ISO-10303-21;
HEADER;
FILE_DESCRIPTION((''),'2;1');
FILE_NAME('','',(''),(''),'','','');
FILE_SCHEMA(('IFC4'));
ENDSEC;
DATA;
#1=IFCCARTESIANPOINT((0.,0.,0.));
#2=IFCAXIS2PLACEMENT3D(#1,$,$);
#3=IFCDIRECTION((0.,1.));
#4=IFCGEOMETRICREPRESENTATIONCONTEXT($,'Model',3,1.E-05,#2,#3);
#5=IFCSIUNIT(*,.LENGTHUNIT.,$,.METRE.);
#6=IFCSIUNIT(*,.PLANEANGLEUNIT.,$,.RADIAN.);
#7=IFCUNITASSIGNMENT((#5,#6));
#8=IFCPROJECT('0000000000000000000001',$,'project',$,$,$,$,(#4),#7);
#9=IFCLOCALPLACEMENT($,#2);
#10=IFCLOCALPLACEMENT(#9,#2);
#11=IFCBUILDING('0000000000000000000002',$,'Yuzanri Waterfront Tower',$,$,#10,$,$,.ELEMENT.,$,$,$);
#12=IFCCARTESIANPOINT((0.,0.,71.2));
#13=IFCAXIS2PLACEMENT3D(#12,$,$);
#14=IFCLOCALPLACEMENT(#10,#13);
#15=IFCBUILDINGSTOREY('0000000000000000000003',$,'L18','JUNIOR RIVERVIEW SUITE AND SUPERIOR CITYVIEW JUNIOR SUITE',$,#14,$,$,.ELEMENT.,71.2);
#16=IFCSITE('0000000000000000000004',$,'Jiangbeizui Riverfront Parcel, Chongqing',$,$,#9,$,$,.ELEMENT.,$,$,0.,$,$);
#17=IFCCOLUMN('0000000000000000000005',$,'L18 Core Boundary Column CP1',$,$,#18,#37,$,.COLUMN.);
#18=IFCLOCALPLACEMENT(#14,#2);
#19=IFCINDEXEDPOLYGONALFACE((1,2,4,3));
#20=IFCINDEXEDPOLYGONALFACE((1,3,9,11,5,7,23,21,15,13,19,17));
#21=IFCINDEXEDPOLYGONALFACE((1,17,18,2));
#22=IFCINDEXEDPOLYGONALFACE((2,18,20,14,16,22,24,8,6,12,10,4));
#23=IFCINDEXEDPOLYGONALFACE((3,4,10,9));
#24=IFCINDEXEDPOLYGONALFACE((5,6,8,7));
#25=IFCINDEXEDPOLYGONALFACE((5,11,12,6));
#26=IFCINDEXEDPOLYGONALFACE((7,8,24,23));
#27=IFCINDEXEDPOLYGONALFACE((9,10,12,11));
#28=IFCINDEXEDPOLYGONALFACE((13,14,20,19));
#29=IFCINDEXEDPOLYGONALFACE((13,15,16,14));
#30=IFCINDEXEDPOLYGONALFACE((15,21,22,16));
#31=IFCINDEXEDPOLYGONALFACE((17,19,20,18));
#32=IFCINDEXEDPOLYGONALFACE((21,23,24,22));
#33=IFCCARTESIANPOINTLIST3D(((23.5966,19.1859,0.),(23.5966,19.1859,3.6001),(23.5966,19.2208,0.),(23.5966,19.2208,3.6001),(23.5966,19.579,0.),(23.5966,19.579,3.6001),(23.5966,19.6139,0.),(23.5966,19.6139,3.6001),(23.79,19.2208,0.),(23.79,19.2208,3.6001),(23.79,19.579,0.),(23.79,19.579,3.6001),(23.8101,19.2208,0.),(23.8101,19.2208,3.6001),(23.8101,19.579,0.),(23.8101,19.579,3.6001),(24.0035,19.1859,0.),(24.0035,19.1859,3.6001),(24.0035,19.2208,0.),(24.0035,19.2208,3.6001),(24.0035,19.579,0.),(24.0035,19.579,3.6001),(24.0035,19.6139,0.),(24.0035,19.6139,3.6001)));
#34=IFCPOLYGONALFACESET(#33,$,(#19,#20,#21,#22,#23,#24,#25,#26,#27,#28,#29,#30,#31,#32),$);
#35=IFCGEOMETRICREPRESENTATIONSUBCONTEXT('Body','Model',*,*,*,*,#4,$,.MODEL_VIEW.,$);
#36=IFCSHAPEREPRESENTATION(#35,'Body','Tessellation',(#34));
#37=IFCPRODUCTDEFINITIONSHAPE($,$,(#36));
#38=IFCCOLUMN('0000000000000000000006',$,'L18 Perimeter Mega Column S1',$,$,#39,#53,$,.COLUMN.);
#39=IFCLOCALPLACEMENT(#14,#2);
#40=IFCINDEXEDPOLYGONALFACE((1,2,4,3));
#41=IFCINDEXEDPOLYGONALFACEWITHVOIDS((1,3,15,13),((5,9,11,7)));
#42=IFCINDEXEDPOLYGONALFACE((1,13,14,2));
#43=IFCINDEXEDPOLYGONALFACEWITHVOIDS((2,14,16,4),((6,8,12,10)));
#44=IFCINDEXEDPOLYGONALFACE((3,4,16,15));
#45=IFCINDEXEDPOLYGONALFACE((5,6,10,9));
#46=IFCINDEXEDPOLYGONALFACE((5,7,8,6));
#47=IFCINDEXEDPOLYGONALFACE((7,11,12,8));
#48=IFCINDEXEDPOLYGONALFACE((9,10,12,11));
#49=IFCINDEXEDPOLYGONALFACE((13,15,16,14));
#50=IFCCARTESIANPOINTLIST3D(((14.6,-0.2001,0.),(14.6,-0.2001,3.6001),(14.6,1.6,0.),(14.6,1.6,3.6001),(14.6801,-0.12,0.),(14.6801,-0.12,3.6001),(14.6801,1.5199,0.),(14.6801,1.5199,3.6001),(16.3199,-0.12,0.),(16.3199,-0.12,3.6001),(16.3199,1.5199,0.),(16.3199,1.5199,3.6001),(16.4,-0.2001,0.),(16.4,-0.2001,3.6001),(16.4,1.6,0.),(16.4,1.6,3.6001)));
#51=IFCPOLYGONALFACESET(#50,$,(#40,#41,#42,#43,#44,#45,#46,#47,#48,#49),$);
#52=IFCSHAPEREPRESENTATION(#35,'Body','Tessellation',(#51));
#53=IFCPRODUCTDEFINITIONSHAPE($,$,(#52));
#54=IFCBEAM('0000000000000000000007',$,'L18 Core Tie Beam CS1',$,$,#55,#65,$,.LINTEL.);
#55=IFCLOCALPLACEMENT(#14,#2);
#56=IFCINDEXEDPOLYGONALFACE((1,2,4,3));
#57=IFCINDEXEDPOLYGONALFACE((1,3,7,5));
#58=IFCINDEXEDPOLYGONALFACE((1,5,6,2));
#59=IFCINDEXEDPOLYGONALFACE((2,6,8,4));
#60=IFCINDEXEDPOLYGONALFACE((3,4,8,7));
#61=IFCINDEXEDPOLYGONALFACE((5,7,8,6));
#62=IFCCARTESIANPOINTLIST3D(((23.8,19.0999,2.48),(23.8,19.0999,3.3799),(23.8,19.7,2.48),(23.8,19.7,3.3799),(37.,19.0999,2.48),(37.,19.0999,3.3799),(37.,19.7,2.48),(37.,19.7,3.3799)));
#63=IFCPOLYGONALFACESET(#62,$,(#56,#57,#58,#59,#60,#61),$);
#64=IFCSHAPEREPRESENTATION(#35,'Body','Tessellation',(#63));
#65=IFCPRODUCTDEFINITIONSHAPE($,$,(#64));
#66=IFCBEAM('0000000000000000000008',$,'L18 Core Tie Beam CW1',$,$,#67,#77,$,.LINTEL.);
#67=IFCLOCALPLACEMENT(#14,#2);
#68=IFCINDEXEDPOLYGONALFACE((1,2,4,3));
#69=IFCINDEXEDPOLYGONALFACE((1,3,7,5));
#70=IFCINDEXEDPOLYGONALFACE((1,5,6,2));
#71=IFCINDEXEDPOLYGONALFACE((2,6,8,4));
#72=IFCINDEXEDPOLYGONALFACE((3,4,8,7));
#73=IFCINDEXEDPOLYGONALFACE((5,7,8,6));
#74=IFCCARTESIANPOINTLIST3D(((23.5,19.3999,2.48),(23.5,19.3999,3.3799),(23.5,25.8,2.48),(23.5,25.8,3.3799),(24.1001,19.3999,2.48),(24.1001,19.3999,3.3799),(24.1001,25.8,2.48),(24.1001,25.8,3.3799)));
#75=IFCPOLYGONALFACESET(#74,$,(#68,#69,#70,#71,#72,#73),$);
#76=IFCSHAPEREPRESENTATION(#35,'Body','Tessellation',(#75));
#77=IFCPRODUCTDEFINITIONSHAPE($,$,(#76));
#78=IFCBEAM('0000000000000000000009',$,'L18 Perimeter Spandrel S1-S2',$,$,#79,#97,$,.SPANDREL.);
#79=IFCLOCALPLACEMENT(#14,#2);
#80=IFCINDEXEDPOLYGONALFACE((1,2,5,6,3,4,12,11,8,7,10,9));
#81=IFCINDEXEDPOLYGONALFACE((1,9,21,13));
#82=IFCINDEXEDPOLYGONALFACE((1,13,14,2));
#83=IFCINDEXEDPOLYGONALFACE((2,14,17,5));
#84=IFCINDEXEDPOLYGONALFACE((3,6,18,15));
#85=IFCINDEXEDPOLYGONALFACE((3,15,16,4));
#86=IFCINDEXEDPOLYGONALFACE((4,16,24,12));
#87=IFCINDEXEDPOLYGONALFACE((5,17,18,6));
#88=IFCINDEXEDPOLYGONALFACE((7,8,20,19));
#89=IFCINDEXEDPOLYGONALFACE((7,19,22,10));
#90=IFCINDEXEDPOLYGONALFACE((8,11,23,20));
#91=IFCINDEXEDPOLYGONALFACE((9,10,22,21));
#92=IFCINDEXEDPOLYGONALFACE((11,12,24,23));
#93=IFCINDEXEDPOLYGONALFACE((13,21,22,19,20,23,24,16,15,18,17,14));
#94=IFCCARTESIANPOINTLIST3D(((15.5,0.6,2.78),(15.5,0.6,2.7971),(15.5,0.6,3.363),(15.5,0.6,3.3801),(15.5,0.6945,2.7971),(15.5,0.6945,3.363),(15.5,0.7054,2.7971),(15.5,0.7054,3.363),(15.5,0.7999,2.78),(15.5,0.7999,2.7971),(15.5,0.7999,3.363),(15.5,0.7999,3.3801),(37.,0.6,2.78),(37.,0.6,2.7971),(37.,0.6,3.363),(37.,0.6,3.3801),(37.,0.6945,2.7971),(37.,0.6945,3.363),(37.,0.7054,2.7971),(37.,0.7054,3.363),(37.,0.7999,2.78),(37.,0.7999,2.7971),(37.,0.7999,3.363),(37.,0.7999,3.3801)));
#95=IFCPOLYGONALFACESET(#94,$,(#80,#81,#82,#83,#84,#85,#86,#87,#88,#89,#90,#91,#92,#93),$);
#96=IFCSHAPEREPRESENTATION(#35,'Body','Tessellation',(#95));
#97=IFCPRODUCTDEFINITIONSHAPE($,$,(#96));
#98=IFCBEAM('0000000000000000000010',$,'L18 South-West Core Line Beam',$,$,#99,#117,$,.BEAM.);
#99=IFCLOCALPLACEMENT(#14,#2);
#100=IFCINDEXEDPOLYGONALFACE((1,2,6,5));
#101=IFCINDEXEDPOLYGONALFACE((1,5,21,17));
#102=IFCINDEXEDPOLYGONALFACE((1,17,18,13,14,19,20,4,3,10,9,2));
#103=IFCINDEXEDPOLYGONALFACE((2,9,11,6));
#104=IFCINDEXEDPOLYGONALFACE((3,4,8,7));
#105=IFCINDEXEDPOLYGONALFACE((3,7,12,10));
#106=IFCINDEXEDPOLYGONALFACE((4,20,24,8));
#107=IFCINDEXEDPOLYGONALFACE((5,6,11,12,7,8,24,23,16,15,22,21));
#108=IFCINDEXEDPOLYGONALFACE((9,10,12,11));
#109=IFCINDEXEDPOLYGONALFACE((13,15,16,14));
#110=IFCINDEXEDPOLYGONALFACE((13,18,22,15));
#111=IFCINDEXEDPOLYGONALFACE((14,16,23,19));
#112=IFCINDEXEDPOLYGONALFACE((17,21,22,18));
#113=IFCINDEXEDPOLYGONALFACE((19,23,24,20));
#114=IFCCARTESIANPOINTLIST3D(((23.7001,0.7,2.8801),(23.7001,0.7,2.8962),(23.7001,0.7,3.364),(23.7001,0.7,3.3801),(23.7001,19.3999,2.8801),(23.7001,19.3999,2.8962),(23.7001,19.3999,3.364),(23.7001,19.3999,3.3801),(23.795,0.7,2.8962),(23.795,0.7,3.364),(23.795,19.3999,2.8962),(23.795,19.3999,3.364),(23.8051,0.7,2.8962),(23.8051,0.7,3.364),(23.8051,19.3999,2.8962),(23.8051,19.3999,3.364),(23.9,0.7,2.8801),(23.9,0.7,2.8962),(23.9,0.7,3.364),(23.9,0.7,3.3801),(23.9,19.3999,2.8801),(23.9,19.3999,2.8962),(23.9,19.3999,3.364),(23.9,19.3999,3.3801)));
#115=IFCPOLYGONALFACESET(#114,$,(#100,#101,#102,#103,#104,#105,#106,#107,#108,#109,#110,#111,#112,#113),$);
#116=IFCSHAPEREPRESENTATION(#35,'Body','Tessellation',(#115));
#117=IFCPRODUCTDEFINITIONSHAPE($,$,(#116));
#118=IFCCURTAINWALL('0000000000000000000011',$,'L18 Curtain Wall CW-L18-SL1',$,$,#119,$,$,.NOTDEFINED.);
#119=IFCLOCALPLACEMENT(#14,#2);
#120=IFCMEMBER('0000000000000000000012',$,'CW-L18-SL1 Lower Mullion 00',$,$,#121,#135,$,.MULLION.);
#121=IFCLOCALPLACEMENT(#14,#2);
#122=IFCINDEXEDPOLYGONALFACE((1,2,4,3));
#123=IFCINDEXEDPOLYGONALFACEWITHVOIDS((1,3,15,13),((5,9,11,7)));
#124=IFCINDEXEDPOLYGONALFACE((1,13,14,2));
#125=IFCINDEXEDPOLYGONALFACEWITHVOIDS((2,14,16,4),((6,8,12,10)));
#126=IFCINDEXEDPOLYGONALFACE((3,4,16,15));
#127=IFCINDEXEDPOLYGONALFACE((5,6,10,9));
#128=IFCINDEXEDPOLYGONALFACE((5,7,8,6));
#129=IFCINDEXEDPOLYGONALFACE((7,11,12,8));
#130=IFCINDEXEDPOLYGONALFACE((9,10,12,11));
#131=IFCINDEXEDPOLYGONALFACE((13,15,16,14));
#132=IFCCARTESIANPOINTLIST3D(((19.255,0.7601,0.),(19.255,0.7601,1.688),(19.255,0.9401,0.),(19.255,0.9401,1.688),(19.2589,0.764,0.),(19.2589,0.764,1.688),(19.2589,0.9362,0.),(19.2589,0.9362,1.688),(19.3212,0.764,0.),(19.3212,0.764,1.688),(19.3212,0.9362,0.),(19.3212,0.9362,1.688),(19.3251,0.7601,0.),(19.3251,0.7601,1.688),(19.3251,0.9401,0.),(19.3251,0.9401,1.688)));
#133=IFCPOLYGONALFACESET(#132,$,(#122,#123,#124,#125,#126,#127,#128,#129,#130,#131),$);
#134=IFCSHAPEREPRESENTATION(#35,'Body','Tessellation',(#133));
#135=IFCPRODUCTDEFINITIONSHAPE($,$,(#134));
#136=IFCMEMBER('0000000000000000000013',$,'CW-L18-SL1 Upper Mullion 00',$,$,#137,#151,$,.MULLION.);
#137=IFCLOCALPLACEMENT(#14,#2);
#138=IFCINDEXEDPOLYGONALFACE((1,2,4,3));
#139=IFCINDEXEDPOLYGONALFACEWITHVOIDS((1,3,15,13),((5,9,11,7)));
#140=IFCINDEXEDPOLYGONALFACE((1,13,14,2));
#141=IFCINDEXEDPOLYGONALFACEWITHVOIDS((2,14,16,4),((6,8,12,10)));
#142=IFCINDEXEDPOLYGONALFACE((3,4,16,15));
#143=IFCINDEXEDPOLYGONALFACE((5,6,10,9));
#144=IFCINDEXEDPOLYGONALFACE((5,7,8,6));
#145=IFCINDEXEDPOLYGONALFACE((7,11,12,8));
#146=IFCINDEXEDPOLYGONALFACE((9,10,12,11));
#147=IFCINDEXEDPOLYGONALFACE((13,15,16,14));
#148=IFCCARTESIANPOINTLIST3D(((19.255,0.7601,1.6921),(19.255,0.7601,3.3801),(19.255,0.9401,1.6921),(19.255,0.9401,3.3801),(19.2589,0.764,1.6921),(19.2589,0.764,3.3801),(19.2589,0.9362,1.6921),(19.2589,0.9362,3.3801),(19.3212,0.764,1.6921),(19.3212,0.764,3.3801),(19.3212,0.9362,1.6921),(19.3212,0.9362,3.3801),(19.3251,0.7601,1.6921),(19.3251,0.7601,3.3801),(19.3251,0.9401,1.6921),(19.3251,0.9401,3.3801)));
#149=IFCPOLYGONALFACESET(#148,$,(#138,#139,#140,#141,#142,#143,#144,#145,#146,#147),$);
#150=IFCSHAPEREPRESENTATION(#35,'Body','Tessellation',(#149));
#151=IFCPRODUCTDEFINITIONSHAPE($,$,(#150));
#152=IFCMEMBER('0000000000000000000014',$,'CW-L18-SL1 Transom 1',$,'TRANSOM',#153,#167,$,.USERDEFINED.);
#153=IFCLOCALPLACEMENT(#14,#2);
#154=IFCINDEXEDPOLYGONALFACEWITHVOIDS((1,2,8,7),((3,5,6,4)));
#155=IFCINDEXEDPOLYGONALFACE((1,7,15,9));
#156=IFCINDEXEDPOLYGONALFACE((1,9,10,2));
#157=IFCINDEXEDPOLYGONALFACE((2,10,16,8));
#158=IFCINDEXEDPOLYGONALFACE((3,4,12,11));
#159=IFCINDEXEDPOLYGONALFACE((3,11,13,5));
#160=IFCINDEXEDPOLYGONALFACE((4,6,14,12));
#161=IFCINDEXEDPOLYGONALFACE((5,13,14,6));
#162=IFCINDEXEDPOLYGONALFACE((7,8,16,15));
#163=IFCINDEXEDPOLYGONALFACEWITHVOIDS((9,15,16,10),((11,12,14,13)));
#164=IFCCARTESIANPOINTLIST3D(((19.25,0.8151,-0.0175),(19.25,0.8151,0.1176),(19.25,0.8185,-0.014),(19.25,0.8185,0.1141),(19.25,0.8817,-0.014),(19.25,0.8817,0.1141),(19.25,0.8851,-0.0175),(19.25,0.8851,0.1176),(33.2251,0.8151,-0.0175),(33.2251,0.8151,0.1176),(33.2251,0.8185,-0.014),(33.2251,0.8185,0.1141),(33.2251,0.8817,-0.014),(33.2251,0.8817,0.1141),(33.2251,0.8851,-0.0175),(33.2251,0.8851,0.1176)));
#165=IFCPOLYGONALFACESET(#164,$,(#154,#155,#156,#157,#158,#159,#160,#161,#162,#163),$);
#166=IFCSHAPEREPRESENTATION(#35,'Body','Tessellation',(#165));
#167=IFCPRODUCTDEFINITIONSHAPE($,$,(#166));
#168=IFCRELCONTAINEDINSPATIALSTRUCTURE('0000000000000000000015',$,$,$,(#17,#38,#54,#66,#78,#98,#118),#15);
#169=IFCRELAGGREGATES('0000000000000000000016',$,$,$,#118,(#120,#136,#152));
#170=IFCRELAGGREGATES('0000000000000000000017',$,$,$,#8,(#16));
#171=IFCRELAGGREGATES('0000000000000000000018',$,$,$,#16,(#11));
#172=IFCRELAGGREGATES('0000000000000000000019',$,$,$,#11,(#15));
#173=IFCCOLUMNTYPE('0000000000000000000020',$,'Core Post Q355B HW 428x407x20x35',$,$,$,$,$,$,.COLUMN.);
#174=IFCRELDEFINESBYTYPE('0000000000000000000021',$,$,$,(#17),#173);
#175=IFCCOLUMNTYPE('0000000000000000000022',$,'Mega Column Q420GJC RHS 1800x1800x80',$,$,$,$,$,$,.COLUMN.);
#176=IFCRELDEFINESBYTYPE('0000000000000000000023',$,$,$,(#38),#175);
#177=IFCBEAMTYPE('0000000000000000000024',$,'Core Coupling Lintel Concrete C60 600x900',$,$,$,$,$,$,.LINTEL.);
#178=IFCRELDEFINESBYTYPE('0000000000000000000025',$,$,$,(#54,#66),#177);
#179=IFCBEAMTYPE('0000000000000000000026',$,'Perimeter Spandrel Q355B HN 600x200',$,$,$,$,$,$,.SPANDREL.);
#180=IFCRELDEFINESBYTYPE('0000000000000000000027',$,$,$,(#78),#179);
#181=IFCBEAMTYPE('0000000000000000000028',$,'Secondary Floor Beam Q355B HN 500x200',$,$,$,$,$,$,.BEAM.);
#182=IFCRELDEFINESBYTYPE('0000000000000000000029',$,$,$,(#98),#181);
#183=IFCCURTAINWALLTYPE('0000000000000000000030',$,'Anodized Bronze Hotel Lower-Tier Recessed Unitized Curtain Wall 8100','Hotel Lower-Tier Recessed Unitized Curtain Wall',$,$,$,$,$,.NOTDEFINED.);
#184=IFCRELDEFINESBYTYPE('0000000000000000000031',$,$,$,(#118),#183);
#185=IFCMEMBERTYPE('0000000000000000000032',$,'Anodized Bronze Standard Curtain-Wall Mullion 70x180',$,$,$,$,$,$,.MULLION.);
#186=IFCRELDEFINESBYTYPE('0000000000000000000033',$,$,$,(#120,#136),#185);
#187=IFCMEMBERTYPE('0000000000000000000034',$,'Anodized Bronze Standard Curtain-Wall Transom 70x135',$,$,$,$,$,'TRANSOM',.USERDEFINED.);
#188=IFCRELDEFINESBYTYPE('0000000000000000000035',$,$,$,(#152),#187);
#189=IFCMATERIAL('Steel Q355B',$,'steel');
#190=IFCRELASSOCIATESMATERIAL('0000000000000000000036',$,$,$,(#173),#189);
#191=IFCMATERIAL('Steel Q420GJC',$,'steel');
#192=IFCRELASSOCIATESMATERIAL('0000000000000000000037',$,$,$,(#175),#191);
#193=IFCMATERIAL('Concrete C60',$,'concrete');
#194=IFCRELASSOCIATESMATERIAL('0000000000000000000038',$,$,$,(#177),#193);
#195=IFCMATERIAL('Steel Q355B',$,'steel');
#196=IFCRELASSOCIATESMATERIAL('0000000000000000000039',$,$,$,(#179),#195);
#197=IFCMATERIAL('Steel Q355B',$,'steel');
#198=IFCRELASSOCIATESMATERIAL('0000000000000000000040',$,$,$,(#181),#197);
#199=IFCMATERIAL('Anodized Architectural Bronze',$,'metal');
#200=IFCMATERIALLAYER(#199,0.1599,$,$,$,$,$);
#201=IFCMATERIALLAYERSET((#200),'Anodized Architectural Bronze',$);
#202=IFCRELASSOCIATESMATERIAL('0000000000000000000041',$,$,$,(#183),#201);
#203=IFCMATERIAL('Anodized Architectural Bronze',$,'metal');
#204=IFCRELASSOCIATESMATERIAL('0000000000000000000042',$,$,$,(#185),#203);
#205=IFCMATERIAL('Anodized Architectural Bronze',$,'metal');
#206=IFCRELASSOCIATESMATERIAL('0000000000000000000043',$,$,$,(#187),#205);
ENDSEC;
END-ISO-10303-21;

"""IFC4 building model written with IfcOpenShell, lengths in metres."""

from ifc_helpers import new_model, si_unit, direction, frame, origin, origin_2d, place, context, subcontext, project, spatial, rectangle, hollow_rectangle, i_section, extrude, source, transform, mapped, material, layer, layer_set, material_profile, profile_set, type_object, element, aggregate, save


model = new_model("IFC4")

# Units and contexts
model_context = context("Model", 3, precision=1e-05, world=origin(), true_north=direction((0.0, 1.0)))
body_context = subcontext(model_context, "Body", "Model", "MODEL_VIEW")
ifc_project = project(units=[si_unit("LENGTHUNIT", "METRE"), si_unit("PLANEANGLEUNIT", "RADIAN")], contexts=[model_context])

# Site, building, storey
site_placement = place(None, origin())
site = spatial("IfcSite", under=ifc_project, at=site_placement, Name="Jiangbeizui Riverfront Parcel, Chongqing", CompositionType="ELEMENT", RefElevation=0.0)
building_placement = place(site_placement, origin())
building = spatial("IfcBuilding", under=site, at=building_placement, Name="Yuzanri Waterfront Tower", CompositionType="ELEMENT")
storey_placement = place(building_placement, frame((0.0, 0.0, 71.2)))
storey = spatial("IfcBuildingStorey", under=building, at=storey_placement, Name="L18", Description="JUNIOR RIVERVIEW SUITE AND SUPERIOR CITYVIEW JUNIOR SUITE", CompositionType="ELEMENT", Elevation=71.2)

# Columns
ifc_material_1 = material(Name="Steel Q355B", Category="steel")
ifc_material_profile_1 = material_profile(ifc_material_1, i_section(OverallWidth=0.407, OverallDepth=0.428, WebThickness=0.02, FlangeThickness=0.0349, at=origin_2d()), Name="HW 428x407x20x35")
ifc_profile_set_1 = profile_set([ifc_material_profile_1], Name="Steel Q355B")
column_type_1 = type_object("IfcColumnType", Name="Core Post Q355B HW 428x407x20x35", PredefinedType="COLUMN", material=ifc_profile_set_1)
shared_shape_1 = source(origin(), body_context, "Body", "SweptSolid", [
    extrude(i_section(OverallWidth=0.407, OverallDepth=0.428, WebThickness=0.02, FlangeThickness=0.0349, at=origin_2d()), origin(), (0.0, 0.0, 1.0), 3.6001),
])
column_1_placement = place(storey_placement, frame((23.8, 19.3999, 0.0), z_axis=(0.0, 0.0, 1.0), x_axis=(1.0, 0.0, 0.0)))
element("IfcColumn", 1, at=column_1_placement, inside=storey, type_object=column_type_1, Name="L18 Core Boundary Column CP1", PredefinedType="COLUMN", context=body_context, shape_type="MappedRepresentation", body=[
    mapped(shared_shape_1, transform((0.0, 0.0, 0.0), scale=1.0)),
])
ifc_material_2 = material(Name="Steel Q420GJC", Category="steel")
ifc_material_profile_2 = material_profile(ifc_material_2, hollow_rectangle(XDim=1.8, YDim=1.8, WallThickness=0.0801, at=origin_2d()), Name="RHS 1800x1800x80")
ifc_profile_set_2 = profile_set([ifc_material_profile_2], Name="Steel Q420GJC")
column_type_2 = type_object("IfcColumnType", Name="Mega Column Q420GJC RHS 1800x1800x80", PredefinedType="COLUMN", material=ifc_profile_set_2)
shared_shape_2 = source(origin(), body_context, "Body", "SweptSolid", [
    extrude(hollow_rectangle(XDim=1.8, YDim=1.8, WallThickness=0.0801, at=origin_2d()), origin(), (0.0, 0.0, 1.0), 3.6001),
])
column_2_placement = place(storey_placement, frame((15.5, 0.7, 0.0), z_axis=(0.0, 0.0, 1.0), x_axis=(1.0, 0.0, 0.0)))
element("IfcColumn", 2, at=column_2_placement, inside=storey, type_object=column_type_2, Name="L18 Perimeter Mega Column S1", PredefinedType="COLUMN", context=body_context, shape_type="MappedRepresentation", body=[
    mapped(shared_shape_2, transform((0.0, 0.0, 0.0), scale=1.0)),
])

# Beams
ifc_material_3 = material(Name="Concrete C60", Category="concrete")
ifc_material_profile_3 = material_profile(ifc_material_3, rectangle(XDim=0.6001, YDim=0.8999, at=origin_2d()), Name="RC 600x900")
ifc_profile_set_3 = profile_set([ifc_material_profile_3], Name="Concrete C60")
beam_type_1 = type_object("IfcBeamType", Name="Core Coupling Lintel Concrete C60 600x900", PredefinedType="LINTEL", material=ifc_profile_set_3)
shared_shape_3 = source(origin(), body_context, "Body", "SweptSolid", [
    extrude(rectangle(XDim=0.6001, YDim=0.8999, at=origin_2d()), origin(), (0.0, 0.0, 1.0), 13.2),
])
beam_1_placement = place(storey_placement, frame((23.8, 19.3999, 2.9299), z_axis=(1.0, 0.0, 0.0), x_axis=(0.0, 1.0, 0.0)))
element("IfcBeam", 3, at=beam_1_placement, inside=storey, type_object=beam_type_1, Name="L18 Core Tie Beam CS1", PredefinedType="LINTEL", context=body_context, shape_type="MappedRepresentation", body=[
    mapped(shared_shape_3, transform((0.0, 0.0, 0.0), scale=1.0)),
])
shared_shape_4 = source(origin(), body_context, "Body", "SweptSolid", [
    extrude(rectangle(XDim=0.6001, YDim=0.8999, at=origin_2d()), origin(), (0.0, 0.0, 1.0), 6.4001),
])
beam_2_placement = place(storey_placement, frame((23.8, 19.3999, 2.9299), z_axis=(0.0, 1.0, 0.0), x_axis=(-1.0, 0.0, 0.0)))
element("IfcBeam", 4, at=beam_2_placement, inside=storey, type_object=beam_type_1, Name="L18 Core Tie Beam CW1", PredefinedType="LINTEL", context=body_context, shape_type="MappedRepresentation", body=[
    mapped(shared_shape_4, transform((0.0, 0.0, 0.0), scale=1.0)),
])
ifc_material_4 = material(Name="Steel Q355B", Category="steel")
ifc_material_profile_4 = material_profile(ifc_material_4, i_section(OverallWidth=0.2, OverallDepth=0.6001, WebThickness=0.011, FlangeThickness=0.0171, at=origin_2d()), Name="HN 600x200x11x17")
ifc_profile_set_4 = profile_set([ifc_material_profile_4], Name="Steel Q355B")
beam_type_2 = type_object("IfcBeamType", Name="Perimeter Spandrel Q355B HN 600x200", PredefinedType="SPANDREL", material=ifc_profile_set_4)
shared_shape_5 = source(origin(), body_context, "Body", "SweptSolid", [
    extrude(i_section(OverallWidth=0.2, OverallDepth=0.6001, WebThickness=0.011, FlangeThickness=0.0171, at=origin_2d()), origin(), (0.0, 0.0, 1.0), 21.5),
])
beam_3_placement = place(storey_placement, frame((15.5, 0.7, 3.0801), z_axis=(1.0, 0.0, 0.0), x_axis=(0.0, 1.0, 0.0)))
element("IfcBeam", 5, at=beam_3_placement, inside=storey, type_object=beam_type_2, Name="L18 Perimeter Spandrel S1-S2", PredefinedType="SPANDREL", context=body_context, shape_type="MappedRepresentation", body=[
    mapped(shared_shape_5, transform((0.0, 0.0, 0.0), scale=1.0)),
])
ifc_material_5 = material(Name="Steel Q355B", Category="steel")
ifc_material_profile_5 = material_profile(ifc_material_5, i_section(OverallWidth=0.2, OverallDepth=0.5, WebThickness=0.01, FlangeThickness=0.0161, at=origin_2d()), Name="HN 500x200x10x16")
ifc_profile_set_5 = profile_set([ifc_material_profile_5], Name="Steel Q355B")
beam_type_3 = type_object("IfcBeamType", Name="Secondary Floor Beam Q355B HN 500x200", PredefinedType="BEAM", material=ifc_profile_set_5)
shared_shape_6 = source(origin(), body_context, "Body", "SweptSolid", [
    extrude(i_section(OverallWidth=0.2, OverallDepth=0.5, WebThickness=0.01, FlangeThickness=0.0161, at=origin_2d()), origin(), (0.0, 0.0, 1.0), 18.7),
])
beam_4_placement = place(storey_placement, frame((23.8, 19.3999, 3.1301), z_axis=(0.0, -1.0, 0.0), x_axis=(1.0, 0.0, 0.0)))
element("IfcBeam", 6, at=beam_4_placement, inside=storey, type_object=beam_type_3, Name="L18 South-West Core Line Beam", PredefinedType="BEAM", context=body_context, shape_type="MappedRepresentation", body=[
    mapped(shared_shape_6, transform((0.0, 0.0, 0.0), scale=1.0)),
])

# Curtain wall, members
ifc_material_6 = material(Name="Anodized Architectural Bronze", Category="metal")
ifc_layer_1 = layer(ifc_material_6, 0.1599)
ifc_layer_set_1 = layer_set([ifc_layer_1], Name="Anodized Architectural Bronze")
curtain_wall_type = type_object("IfcCurtainWallType", Name="Anodized Bronze Hotel Lower-Tier Recessed Unitized Curtain Wall 8100", Description="Hotel Lower-Tier Recessed Unitized Curtain Wall", PredefinedType="NOTDEFINED", material=ifc_layer_set_1)
curtain_wall_placement = place(storey_placement, origin())
curtain_wall = element("IfcCurtainWall", 7, at=curtain_wall_placement, inside=storey, type_object=curtain_wall_type, Name="L18 Curtain Wall CW-L18-SL1", PredefinedType="NOTDEFINED")
ifc_material_7 = material(Name="Anodized Architectural Bronze", Category="metal")
ifc_material_profile_6 = material_profile(ifc_material_7, hollow_rectangle(XDim=0.0701, YDim=0.1799, WallThickness=0.0039, at=origin_2d()), Name="CWM 70x180")
ifc_profile_set_6 = profile_set([ifc_material_profile_6], Name="Anodized Architectural Bronze")
member_type_1 = type_object("IfcMemberType", Name="Anodized Bronze Standard Curtain-Wall Mullion 70x180", PredefinedType="MULLION", material=ifc_profile_set_6)
shared_shape_7 = source(origin(), body_context, "Body", "SweptSolid", [
    extrude(hollow_rectangle(XDim=0.0701, YDim=0.1799, WallThickness=0.0039, at=origin_2d()), origin(), (0.0, 0.0, 1.0), 1.688),
])
member_1_placement = place(storey_placement, frame((19.29, 0.8501, 0.0), z_axis=(0.0, 0.0, 1.0), x_axis=(1.0, 0.0, 0.0)))
member_1 = element("IfcMember", 8, at=member_1_placement, type_object=member_type_1, Name="CW-L18-SL1 Lower Mullion 00", PredefinedType="MULLION", context=body_context, shape_type="MappedRepresentation", body=[
    mapped(shared_shape_7, transform((0.0, 0.0, 0.0), scale=1.0)),
])
member_2_placement = place(storey_placement, frame((19.29, 0.8501, 1.6921), z_axis=(0.0, 0.0, 1.0), x_axis=(1.0, 0.0, 0.0)))
member_2 = element("IfcMember", 9, at=member_2_placement, type_object=member_type_1, Name="CW-L18-SL1 Upper Mullion 00", PredefinedType="MULLION", context=body_context, shape_type="MappedRepresentation", body=[
    mapped(shared_shape_7, transform((0.0, 0.0, 0.0), scale=1.0)),
])
ifc_material_8 = material(Name="Anodized Architectural Bronze", Category="metal")
ifc_material_profile_7 = material_profile(ifc_material_8, hollow_rectangle(XDim=0.0701, YDim=0.135, WallThickness=0.0034, at=origin_2d()), Name="CWT 70x135")
ifc_profile_set_7 = profile_set([ifc_material_profile_7], Name="Anodized Architectural Bronze")
member_type_2 = type_object("IfcMemberType", Name="Anodized Bronze Standard Curtain-Wall Transom 70x135", ElementType="TRANSOM", PredefinedType="USERDEFINED", material=ifc_profile_set_7)
shared_shape_8 = source(origin(), body_context, "Body", "SweptSolid", [
    extrude(hollow_rectangle(XDim=0.0701, YDim=0.135, WallThickness=0.0034, at=origin_2d()), origin(), (0.0, 0.0, 1.0), 13.9751),
])
member_3_placement = place(storey_placement, frame((19.25, 0.8501, 0.05), z_axis=(1.0, 0.0, 0.0), x_axis=(0.0, 1.0, 0.0)))
member_3 = element("IfcMember", 10, at=member_3_placement, type_object=member_type_2, Name="CW-L18-SL1 Transom 1", ObjectType="TRANSOM", PredefinedType="USERDEFINED", context=body_context, shape_type="MappedRepresentation", body=[
    mapped(shared_shape_8, transform((0.0, 0.0, 0.0), scale=1.0)),
])

aggregate(curtain_wall, [member_1, member_2, member_3])

save(model, "model.ifc")
